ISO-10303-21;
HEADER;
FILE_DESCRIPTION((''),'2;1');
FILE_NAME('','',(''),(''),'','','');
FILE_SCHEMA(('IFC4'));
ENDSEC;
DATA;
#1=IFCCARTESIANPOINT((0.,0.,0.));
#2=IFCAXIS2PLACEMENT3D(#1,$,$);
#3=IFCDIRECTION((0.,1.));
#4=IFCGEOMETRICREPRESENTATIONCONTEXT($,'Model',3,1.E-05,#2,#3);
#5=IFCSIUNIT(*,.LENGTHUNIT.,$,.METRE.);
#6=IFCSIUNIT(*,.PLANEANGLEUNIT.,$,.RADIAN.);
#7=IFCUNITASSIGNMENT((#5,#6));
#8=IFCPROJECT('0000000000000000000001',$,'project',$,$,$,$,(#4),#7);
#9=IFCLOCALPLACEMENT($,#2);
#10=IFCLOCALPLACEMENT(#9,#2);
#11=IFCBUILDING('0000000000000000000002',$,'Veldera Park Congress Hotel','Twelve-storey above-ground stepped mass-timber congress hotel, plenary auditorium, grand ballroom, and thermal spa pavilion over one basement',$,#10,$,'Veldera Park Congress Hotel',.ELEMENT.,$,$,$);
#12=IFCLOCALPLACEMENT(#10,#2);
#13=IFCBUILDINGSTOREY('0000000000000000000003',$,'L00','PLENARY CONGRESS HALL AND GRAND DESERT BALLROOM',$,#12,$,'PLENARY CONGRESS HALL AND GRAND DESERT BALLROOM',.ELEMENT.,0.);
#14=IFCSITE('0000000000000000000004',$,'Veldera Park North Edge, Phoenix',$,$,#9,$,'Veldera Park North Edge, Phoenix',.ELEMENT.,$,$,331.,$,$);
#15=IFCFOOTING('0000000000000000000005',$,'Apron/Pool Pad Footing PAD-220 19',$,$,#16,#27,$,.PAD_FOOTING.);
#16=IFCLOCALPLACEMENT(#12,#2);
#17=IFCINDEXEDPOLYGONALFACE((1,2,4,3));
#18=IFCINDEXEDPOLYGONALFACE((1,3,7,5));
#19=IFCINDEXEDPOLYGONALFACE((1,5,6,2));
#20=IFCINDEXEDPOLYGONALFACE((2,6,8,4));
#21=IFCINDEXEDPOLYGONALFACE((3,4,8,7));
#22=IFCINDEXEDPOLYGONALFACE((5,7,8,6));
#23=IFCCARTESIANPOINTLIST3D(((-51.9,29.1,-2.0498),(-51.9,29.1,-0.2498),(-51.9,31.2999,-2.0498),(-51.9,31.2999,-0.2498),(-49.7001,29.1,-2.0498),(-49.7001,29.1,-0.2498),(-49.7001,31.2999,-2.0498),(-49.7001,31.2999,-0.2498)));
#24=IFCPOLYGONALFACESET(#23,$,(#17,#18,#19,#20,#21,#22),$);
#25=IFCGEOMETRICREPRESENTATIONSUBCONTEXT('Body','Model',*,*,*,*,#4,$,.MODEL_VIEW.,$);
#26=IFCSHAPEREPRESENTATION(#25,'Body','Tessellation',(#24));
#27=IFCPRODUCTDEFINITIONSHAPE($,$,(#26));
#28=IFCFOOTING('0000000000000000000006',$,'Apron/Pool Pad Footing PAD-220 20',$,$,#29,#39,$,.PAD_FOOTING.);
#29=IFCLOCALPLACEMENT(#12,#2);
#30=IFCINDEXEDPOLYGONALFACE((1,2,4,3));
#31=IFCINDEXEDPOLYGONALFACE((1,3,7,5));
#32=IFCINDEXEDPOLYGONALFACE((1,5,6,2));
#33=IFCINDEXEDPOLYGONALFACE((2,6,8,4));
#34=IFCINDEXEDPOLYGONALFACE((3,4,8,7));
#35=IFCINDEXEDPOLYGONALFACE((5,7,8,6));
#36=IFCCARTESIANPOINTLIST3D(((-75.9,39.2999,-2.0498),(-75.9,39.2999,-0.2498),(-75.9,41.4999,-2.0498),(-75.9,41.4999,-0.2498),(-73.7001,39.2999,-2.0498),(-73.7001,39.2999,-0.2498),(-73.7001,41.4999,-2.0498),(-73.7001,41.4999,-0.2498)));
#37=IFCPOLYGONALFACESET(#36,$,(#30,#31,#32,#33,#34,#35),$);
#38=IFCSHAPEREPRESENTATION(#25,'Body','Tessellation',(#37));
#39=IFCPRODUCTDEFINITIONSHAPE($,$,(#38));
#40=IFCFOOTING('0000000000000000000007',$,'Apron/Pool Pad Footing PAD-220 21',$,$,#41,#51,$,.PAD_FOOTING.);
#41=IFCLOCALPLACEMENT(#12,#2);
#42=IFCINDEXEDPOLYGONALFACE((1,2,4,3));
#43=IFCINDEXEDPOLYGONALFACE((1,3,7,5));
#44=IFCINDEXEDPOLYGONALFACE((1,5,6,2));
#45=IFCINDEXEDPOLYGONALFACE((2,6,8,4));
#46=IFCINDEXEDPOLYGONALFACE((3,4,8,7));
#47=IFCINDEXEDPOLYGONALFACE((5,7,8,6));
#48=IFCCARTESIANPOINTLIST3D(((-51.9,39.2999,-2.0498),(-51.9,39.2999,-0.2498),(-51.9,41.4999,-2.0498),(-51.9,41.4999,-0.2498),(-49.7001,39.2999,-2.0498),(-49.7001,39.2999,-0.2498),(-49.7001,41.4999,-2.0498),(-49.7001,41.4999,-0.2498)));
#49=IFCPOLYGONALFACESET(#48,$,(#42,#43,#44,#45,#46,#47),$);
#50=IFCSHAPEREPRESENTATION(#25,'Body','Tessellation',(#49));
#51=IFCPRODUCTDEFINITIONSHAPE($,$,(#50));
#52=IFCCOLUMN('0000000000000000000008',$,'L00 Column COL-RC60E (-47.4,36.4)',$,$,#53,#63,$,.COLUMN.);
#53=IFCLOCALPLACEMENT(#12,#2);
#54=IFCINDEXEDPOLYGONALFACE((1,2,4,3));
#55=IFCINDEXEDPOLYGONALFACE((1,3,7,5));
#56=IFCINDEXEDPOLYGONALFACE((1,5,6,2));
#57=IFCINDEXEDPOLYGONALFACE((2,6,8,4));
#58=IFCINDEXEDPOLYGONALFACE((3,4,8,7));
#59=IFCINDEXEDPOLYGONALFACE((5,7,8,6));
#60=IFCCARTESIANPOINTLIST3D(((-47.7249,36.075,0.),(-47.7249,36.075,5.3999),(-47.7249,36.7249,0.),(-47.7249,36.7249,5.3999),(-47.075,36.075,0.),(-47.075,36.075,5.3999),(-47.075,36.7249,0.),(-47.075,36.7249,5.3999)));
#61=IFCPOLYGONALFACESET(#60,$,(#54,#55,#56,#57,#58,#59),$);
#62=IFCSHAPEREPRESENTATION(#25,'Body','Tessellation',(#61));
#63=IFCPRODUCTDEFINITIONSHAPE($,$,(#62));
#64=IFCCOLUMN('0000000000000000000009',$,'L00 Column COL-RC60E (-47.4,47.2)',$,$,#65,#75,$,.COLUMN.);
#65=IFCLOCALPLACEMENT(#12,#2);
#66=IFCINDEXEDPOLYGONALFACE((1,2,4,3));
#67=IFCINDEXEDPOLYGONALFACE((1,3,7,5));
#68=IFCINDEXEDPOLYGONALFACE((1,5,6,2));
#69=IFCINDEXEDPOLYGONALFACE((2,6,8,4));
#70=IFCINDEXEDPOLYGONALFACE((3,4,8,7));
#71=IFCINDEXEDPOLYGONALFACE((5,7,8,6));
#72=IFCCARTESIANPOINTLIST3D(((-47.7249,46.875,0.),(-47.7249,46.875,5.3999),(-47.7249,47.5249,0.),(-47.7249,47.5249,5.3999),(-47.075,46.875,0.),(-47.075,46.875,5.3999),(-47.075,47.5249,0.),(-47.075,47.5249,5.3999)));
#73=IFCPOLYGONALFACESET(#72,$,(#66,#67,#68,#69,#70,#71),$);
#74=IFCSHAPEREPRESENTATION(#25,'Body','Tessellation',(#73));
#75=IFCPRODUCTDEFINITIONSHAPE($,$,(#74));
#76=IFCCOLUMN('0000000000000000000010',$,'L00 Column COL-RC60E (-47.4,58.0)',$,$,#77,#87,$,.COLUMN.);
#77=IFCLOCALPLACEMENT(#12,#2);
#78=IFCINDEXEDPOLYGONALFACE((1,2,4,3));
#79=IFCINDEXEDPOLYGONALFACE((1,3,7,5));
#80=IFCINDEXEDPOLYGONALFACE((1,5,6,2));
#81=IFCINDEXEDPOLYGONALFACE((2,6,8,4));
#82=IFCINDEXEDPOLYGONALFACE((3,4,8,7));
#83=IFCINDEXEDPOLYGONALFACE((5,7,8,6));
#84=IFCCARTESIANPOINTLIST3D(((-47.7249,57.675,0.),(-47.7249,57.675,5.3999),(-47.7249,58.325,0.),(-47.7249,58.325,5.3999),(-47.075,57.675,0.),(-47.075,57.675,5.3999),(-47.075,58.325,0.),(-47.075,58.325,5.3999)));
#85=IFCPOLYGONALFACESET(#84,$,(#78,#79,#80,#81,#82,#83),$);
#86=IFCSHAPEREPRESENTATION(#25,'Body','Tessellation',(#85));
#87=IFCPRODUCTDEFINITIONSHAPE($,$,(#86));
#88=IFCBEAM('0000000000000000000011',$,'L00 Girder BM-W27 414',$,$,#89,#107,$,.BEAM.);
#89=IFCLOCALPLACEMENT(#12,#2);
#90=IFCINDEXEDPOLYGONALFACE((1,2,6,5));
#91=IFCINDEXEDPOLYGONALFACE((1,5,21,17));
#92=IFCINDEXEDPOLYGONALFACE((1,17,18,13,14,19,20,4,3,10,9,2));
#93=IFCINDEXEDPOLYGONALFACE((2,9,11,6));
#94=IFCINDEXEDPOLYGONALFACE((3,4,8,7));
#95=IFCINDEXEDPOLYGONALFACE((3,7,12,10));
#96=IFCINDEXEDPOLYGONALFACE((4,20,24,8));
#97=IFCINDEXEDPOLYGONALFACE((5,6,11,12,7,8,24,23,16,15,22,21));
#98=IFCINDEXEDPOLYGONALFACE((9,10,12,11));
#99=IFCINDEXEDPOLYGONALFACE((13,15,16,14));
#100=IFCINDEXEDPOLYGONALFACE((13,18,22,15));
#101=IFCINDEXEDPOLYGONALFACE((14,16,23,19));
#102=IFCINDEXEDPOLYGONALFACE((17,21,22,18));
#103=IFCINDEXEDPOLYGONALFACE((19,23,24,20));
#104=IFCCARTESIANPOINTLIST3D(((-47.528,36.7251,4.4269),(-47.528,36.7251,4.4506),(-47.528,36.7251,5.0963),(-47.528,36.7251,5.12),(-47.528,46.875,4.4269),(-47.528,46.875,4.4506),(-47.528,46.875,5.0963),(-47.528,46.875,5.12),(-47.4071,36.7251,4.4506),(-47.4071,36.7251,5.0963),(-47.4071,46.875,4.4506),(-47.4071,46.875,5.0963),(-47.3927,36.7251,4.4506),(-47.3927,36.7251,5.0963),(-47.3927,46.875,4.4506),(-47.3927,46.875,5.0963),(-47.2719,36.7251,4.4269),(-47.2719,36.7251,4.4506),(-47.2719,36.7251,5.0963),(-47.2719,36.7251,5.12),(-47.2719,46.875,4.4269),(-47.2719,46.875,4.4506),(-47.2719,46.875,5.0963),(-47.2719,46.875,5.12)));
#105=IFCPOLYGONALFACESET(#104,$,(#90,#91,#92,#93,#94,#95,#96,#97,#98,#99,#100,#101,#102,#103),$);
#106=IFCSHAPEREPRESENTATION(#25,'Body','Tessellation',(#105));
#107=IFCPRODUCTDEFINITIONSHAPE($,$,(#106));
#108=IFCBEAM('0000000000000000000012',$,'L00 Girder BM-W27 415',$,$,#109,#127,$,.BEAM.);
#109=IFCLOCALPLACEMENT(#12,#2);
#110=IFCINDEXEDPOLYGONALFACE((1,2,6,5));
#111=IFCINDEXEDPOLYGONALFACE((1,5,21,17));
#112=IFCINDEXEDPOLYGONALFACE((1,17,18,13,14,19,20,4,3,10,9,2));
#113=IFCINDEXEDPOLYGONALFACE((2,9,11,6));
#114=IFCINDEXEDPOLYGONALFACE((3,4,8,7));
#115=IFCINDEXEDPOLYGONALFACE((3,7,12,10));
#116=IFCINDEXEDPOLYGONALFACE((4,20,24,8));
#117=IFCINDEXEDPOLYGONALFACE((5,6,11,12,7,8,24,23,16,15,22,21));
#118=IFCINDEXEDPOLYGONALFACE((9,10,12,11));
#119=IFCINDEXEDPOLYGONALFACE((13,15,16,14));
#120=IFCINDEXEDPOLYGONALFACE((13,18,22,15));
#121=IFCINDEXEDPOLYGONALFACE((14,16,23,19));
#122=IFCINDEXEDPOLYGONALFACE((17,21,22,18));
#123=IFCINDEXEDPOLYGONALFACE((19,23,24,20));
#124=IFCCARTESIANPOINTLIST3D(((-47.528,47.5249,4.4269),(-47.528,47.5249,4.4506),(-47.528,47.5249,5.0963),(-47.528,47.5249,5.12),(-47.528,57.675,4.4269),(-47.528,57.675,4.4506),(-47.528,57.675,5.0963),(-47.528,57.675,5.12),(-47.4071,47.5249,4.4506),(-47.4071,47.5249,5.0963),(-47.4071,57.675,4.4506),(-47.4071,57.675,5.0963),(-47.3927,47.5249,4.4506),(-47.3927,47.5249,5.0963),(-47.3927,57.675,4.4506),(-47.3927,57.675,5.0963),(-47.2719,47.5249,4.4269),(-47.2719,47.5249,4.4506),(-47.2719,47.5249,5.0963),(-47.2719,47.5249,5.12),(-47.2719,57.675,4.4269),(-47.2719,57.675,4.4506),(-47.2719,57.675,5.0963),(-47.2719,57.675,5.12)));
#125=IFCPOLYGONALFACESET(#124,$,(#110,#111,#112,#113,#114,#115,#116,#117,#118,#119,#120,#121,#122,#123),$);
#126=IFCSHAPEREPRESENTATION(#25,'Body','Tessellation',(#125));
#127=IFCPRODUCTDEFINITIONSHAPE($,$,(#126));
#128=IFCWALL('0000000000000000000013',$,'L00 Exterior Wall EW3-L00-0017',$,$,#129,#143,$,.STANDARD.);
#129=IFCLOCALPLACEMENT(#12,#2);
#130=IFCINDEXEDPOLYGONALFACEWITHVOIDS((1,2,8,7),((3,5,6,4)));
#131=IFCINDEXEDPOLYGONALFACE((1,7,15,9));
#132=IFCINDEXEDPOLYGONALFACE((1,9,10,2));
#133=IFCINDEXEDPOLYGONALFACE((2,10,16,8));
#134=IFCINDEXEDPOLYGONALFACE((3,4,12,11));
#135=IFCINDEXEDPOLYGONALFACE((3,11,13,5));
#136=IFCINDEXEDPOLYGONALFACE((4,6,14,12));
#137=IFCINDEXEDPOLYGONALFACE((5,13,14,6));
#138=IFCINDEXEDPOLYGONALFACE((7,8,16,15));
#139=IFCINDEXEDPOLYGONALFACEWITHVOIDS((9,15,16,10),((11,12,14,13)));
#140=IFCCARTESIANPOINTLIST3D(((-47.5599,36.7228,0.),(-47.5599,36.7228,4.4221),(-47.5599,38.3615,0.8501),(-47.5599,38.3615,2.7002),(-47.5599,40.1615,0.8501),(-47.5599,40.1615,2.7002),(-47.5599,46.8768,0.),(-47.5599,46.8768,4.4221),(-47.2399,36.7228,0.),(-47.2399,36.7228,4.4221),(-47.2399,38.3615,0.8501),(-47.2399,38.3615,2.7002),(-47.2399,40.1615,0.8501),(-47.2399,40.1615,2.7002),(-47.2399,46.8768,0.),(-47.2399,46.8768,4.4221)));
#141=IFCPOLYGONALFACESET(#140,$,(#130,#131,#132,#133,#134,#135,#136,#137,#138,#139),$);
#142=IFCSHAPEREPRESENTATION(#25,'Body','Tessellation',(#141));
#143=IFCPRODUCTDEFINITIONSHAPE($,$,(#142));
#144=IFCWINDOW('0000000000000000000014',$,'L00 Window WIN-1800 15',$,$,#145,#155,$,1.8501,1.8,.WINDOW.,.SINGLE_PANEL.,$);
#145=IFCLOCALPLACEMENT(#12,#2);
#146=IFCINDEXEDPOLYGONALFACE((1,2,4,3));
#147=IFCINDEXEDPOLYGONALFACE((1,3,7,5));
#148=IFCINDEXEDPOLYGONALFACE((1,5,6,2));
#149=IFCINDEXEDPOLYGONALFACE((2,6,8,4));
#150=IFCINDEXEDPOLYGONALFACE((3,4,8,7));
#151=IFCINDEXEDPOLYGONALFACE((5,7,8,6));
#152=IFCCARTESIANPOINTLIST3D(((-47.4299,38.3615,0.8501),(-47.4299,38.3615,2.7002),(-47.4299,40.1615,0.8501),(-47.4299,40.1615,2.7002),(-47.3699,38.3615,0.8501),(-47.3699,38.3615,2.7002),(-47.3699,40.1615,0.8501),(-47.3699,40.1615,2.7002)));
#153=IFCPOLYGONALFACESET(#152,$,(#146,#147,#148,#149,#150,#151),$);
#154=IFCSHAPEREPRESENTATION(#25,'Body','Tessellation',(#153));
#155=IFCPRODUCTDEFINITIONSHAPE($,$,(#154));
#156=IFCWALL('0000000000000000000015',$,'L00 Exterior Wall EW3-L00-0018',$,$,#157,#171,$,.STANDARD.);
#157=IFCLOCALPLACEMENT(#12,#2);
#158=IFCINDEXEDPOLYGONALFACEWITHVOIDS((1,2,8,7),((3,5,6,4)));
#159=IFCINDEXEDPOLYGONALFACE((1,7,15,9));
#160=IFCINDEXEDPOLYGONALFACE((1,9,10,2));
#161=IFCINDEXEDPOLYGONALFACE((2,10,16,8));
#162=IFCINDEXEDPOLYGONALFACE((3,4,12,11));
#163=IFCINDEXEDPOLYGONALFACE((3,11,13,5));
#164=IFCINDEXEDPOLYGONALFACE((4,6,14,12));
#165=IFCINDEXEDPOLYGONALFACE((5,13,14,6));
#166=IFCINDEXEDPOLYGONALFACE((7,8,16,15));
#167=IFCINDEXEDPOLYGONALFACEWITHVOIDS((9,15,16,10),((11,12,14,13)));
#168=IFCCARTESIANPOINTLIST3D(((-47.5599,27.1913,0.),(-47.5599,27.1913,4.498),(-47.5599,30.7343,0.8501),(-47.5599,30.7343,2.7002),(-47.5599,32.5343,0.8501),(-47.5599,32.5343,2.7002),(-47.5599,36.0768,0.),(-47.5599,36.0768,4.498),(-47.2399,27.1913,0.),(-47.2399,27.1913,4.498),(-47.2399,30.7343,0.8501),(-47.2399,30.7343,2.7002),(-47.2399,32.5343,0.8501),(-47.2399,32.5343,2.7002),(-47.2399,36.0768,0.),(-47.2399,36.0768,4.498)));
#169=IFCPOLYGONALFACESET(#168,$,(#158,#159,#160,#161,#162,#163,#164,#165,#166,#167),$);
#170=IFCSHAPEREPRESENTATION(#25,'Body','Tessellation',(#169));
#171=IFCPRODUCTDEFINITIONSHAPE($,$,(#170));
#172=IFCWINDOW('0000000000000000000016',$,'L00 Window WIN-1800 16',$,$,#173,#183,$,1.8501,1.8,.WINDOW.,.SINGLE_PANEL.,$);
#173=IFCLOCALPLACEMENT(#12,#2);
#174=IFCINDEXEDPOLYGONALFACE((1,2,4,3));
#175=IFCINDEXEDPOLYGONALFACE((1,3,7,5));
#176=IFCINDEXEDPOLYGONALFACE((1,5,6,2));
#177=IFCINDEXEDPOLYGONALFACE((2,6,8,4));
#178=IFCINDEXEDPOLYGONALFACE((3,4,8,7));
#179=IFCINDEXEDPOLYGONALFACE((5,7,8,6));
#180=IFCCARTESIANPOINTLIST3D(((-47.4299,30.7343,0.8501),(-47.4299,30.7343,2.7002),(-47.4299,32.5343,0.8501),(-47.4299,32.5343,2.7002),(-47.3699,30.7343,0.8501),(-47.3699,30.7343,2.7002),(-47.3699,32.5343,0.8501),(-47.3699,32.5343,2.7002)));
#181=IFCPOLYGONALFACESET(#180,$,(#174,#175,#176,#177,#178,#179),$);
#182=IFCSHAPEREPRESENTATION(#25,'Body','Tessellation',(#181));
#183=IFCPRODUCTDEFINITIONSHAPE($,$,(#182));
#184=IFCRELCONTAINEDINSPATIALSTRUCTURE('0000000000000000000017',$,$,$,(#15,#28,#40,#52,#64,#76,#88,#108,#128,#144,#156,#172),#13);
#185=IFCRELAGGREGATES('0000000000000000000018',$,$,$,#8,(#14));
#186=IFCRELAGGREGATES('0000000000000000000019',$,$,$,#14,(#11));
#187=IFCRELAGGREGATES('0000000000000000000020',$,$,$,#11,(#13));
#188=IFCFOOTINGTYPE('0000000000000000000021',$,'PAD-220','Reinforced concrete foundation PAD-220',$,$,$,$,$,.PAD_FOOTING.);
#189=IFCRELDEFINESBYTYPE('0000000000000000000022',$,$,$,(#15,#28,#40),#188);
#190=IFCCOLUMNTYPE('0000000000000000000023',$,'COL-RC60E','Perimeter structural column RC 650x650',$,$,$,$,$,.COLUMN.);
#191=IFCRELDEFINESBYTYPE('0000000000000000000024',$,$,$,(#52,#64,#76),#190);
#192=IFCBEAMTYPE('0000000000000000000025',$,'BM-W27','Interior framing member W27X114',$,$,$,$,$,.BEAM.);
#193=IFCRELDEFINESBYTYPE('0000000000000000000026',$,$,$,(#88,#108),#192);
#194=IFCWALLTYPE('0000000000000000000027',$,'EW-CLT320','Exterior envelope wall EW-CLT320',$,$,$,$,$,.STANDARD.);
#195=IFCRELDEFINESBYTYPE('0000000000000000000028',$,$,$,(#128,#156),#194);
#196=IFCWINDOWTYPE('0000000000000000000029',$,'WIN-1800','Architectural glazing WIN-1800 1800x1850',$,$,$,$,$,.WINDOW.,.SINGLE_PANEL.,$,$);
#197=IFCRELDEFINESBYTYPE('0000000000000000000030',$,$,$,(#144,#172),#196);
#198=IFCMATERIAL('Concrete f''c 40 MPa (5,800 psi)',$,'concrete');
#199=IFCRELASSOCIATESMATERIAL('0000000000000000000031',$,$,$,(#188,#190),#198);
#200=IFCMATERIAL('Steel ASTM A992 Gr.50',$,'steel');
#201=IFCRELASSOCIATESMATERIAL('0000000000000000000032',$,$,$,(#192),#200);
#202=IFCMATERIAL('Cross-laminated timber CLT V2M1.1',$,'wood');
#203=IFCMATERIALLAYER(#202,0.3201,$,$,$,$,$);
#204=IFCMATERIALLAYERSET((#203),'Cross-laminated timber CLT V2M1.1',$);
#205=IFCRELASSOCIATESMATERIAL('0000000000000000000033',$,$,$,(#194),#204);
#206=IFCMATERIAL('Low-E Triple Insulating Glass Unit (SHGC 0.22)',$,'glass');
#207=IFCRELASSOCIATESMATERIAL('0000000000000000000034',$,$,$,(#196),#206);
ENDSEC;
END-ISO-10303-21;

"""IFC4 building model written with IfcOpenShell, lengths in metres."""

from ifc_helpers import new_model, si_unit, direction, frame, frame_2d, origin, origin_2d, place, context, subcontext, project, spatial, rectangle, i_section, extrude, material, layer, layer_set, material_profile, profile_set, type_object, element, fill, save


model = new_model("IFC4")

# Units and contexts
model_context = context("Model", 3, precision=1e-05, world=origin(), true_north=direction((0.0, 1.0)))
body_context = subcontext(model_context, "Body", "Model", "MODEL_VIEW")
ifc_project = project(units=[si_unit("LENGTHUNIT", "METRE"), si_unit("PLANEANGLEUNIT", "RADIAN")], contexts=[model_context])

# Site, building, storey
site_placement = place(None, origin())
site = spatial("IfcSite", under=ifc_project, at=site_placement, Name="Veldera Park North Edge, Phoenix", LongName="Veldera Park North Edge, Phoenix", CompositionType="ELEMENT", RefElevation=331.0)
building_placement = place(site_placement, origin())
building = spatial("IfcBuilding", under=site, at=building_placement, Name="Veldera Park Congress Hotel", Description="Twelve-storey above-ground stepped mass-timber congress hotel, plenary auditorium, grand ballroom, and thermal spa pavilion over one basement", LongName="Veldera Park Congress Hotel", CompositionType="ELEMENT")
storey_placement = place(building_placement, origin())
storey = spatial("IfcBuildingStorey", under=building, at=storey_placement, Name="L00", Description="PLENARY CONGRESS HALL AND GRAND DESERT BALLROOM", LongName="PLENARY CONGRESS HALL AND GRAND DESERT BALLROOM", CompositionType="ELEMENT", Elevation=0.0)

# Footings
ifc_material_1 = material(Name="Concrete f'c 40 MPa (5,800 psi)", Category="concrete")
footing_type = type_object("IfcFootingType", Name="PAD-220", Description="Reinforced concrete foundation PAD-220", PredefinedType="PAD_FOOTING", material=ifc_material_1)
for number, where, z_axis, x_axis, name in (
    (1, (-50.8, 30.2, -2.0498), (0.0, 0.0, 1.0), (1.0, 0.0, 0.0), "Apron/Pool Pad Footing PAD-220 19"),
    (2, (-74.8, 40.3999, -2.0498), (0.0, 0.0, 1.0), (1.0, 0.0, 0.0), "Apron/Pool Pad Footing PAD-220 20"),
    (3, (-50.8, 40.3999, -2.0498), (0.0, 0.0, 1.0), (1.0, 0.0, 0.0), "Apron/Pool Pad Footing PAD-220 21"),
):
    element("IfcFooting", number, at=place(storey_placement, frame(where, z_axis=z_axis, x_axis=x_axis)), inside=storey, type_object=footing_type, Name=name, PredefinedType="PAD_FOOTING", context=body_context, shape_type="SweptSolid", body=[
        extrude(rectangle(XDim=2.2, YDim=2.2, at=origin_2d()), origin(), (0.0, 0.0, 1.0), 1.8),
    ])

# Columns
ifc_material_profile_1 = material_profile(ifc_material_1, rectangle(XDim=0.6499, YDim=0.6499, at=origin_2d()), Name="RC 650x650")
ifc_profile_set_1 = profile_set([ifc_material_profile_1], Name="Concrete f'c 40 MPa (5,800 psi)")
column_type = type_object("IfcColumnType", Name="COL-RC60E", Description="Perimeter structural column RC 650x650", PredefinedType="COLUMN", material=ifc_profile_set_1)
for number, where, z_axis, x_axis, name in (
    (4, (-47.3999, 36.3999, 0.0), (0.0, 0.0, 1.0), (1.0, 0.0, 0.0), "L00 Column COL-RC60E (-47.4,36.4)"),
    (5, (-47.3999, 47.2, 0.0), (0.0, 0.0, 1.0), (1.0, 0.0, 0.0), "L00 Column COL-RC60E (-47.4,47.2)"),
    (6, (-47.3999, 58.0, 0.0), (0.0, 0.0, 1.0), (1.0, 0.0, 0.0), "L00 Column COL-RC60E (-47.4,58.0)"),
):
    element("IfcColumn", number, at=place(storey_placement, frame(where, z_axis=z_axis, x_axis=x_axis)), inside=storey, type_object=column_type, Name=name, PredefinedType="COLUMN", context=body_context, shape_type="SweptSolid", body=[
        extrude(rectangle(XDim=0.6499, YDim=0.6499, at=origin_2d()), origin(), (0.0, 0.0, 1.0), 5.3999),
    ])

# Beams
ifc_material_2 = material(Name="Steel ASTM A992 Gr.50", Category="steel")
ifc_material_profile_2 = material_profile(ifc_material_2, i_section(OverallWidth=0.2561, OverallDepth=0.6931, WebThickness=0.0144, FlangeThickness=0.0237, at=origin_2d()), Name="W27X114")
ifc_profile_set_2 = profile_set([ifc_material_profile_2], Name="Steel ASTM A992 Gr.50")
beam_type = type_object("IfcBeamType", Name="BM-W27", Description="Interior framing member W27X114", PredefinedType="BEAM", material=ifc_profile_set_2)
beam_1_placement = place(storey_placement, frame((-47.3999, 36.7251, 4.7734), z_axis=(0.0, 1.0, 0.0), x_axis=(-1.0, 0.0, 0.0)))
element("IfcBeam", 7, at=beam_1_placement, inside=storey, type_object=beam_type, Name="L00 Girder BM-W27 414", PredefinedType="BEAM", context=body_context, shape_type="SweptSolid", body=[
    extrude(i_section(OverallWidth=0.2561, OverallDepth=0.6931, WebThickness=0.0144, FlangeThickness=0.0237, at=origin_2d()), origin(), (0.0, 0.0, 1.0), 10.1499),
])
beam_2_placement = place(storey_placement, frame((-47.3999, 47.5249, 4.7734), z_axis=(0.0, 1.0, 0.0), x_axis=(-1.0, 0.0, 0.0)))
element("IfcBeam", 8, at=beam_2_placement, inside=storey, type_object=beam_type, Name="L00 Girder BM-W27 415", PredefinedType="BEAM", context=body_context, shape_type="SweptSolid", body=[
    extrude(i_section(OverallWidth=0.2561, OverallDepth=0.6931, WebThickness=0.0144, FlangeThickness=0.0237, at=origin_2d()), origin(), (0.0, 0.0, 1.0), 10.1501),
])

# Shared definitions
ifc_material_3 = material(Name="Cross-laminated timber CLT V2M1.1", Category="wood")
ifc_layer = layer(ifc_material_3, 0.3201)
ifc_layer_set = layer_set([ifc_layer], Name="Cross-laminated timber CLT V2M1.1")
wall_type = type_object("IfcWallType", Name="EW-CLT320", Description="Exterior envelope wall EW-CLT320", PredefinedType="STANDARD", material=ifc_layer_set)
ifc_material_4 = material(Name="Low-E Triple Insulating Glass Unit (SHGC 0.22)", Category="glass")
window_type = type_object("IfcWindowType", Name="WIN-1800", Description="Architectural glazing WIN-1800 1800x1850", PartitioningType="SINGLE_PANEL", PredefinedType="WINDOW", material=ifc_material_4)

# Walls, openings, windows
wall_1_placement = place(storey_placement, frame((-47.3999, 46.877, 0.0), z_axis=(0.0, 0.0, 1.0), x_axis=(0.0, -1.0, 0.0)))
wall_1 = element("IfcWall", 9, at=wall_1_placement, inside=storey, type_object=wall_type, Name="L00 Exterior Wall EW3-L00-0017", PredefinedType="STANDARD", context=body_context, shape_type="SweptSolid", body=[
    extrude(rectangle(XDim=10.1541, YDim=0.3201, at=frame_2d((5.0771, 0.0))), origin(), (0.0, 0.0, 1.0), 4.4221),
])
opening_1_placement = place(wall_1_placement, frame((6.7156, 0.0, 0.8501)))
opening_1 = element("IfcOpeningElement", 10, at=opening_1_placement, cuts=wall_1, PredefinedType="OPENING", context=body_context, shape_type="SweptSolid", body=[
    extrude(rectangle(XDim=1.8, YDim=1.8501, at=frame_2d((0.8999, 0.925))), frame((0.0, 0.1721, 0.0), z_axis=(0.0, -1.0, 0.0), x_axis=(1.0, 0.0, 0.0)), (0.0, 0.0, 1.0), 0.344),
])
window_1_placement = place(opening_1_placement, origin())
window_1 = element("IfcWindow", 11, at=window_1_placement, inside=storey, type_object=window_type, Name="L00 Window WIN-1800 15", OverallHeight=1.8501, OverallWidth=1.8, PartitioningType="SINGLE_PANEL", PredefinedType="WINDOW", context=body_context, shape_type="SweptSolid", body=[
    extrude(rectangle(XDim=1.8, YDim=1.8501, at=frame_2d((0.8999, 0.925))), frame((0.0, 0.03, 0.0), z_axis=(0.0, -1.0, 0.0), x_axis=(1.0, 0.0, 0.0)), (0.0, 0.0, 1.0), 0.0601),
])
fill(opening_1, window_1)
wall_2_placement = place(storey_placement, frame((-47.3999, 36.0769, 0.0), z_axis=(0.0, 0.0, 1.0), x_axis=(0.0, -1.0, 0.0)))
wall_2 = element("IfcWall", 12, at=wall_2_placement, inside=storey, type_object=wall_type, Name="L00 Exterior Wall EW3-L00-0018", PredefinedType="STANDARD", context=body_context, shape_type="SweptSolid", body=[
    extrude(rectangle(XDim=8.8855, YDim=0.3201, at=frame_2d((4.4429, 0.0))), origin(), (0.0, 0.0, 1.0), 4.498),
])
opening_2_placement = place(wall_2_placement, frame((3.5427, 0.0, 0.8501)))
opening_2 = element("IfcOpeningElement", 13, at=opening_2_placement, cuts=wall_2, PredefinedType="OPENING", context=body_context, shape_type="SweptSolid", body=[
    extrude(rectangle(XDim=1.8, YDim=1.8501, at=frame_2d((0.8999, 0.925))), frame((0.0, 0.1721, 0.0), z_axis=(0.0, -1.0, 0.0), x_axis=(1.0, 0.0, 0.0)), (0.0, 0.0, 1.0), 0.344),
])
window_2_placement = place(opening_2_placement, origin())
window_2 = element("IfcWindow", 14, at=window_2_placement, inside=storey, type_object=window_type, Name="L00 Window WIN-1800 16", OverallHeight=1.8501, OverallWidth=1.8, PartitioningType="SINGLE_PANEL", PredefinedType="WINDOW", context=body_context, shape_type="SweptSolid", body=[
    extrude(rectangle(XDim=1.8, YDim=1.8501, at=frame_2d((0.8999, 0.925))), frame((0.0, 0.03, 0.0), z_axis=(0.0, -1.0, 0.0), x_axis=(1.0, 0.0, 0.0)), (0.0, 0.0, 1.0), 0.0601),
])
fill(opening_2, window_2)

save(model, "model.ifc")
